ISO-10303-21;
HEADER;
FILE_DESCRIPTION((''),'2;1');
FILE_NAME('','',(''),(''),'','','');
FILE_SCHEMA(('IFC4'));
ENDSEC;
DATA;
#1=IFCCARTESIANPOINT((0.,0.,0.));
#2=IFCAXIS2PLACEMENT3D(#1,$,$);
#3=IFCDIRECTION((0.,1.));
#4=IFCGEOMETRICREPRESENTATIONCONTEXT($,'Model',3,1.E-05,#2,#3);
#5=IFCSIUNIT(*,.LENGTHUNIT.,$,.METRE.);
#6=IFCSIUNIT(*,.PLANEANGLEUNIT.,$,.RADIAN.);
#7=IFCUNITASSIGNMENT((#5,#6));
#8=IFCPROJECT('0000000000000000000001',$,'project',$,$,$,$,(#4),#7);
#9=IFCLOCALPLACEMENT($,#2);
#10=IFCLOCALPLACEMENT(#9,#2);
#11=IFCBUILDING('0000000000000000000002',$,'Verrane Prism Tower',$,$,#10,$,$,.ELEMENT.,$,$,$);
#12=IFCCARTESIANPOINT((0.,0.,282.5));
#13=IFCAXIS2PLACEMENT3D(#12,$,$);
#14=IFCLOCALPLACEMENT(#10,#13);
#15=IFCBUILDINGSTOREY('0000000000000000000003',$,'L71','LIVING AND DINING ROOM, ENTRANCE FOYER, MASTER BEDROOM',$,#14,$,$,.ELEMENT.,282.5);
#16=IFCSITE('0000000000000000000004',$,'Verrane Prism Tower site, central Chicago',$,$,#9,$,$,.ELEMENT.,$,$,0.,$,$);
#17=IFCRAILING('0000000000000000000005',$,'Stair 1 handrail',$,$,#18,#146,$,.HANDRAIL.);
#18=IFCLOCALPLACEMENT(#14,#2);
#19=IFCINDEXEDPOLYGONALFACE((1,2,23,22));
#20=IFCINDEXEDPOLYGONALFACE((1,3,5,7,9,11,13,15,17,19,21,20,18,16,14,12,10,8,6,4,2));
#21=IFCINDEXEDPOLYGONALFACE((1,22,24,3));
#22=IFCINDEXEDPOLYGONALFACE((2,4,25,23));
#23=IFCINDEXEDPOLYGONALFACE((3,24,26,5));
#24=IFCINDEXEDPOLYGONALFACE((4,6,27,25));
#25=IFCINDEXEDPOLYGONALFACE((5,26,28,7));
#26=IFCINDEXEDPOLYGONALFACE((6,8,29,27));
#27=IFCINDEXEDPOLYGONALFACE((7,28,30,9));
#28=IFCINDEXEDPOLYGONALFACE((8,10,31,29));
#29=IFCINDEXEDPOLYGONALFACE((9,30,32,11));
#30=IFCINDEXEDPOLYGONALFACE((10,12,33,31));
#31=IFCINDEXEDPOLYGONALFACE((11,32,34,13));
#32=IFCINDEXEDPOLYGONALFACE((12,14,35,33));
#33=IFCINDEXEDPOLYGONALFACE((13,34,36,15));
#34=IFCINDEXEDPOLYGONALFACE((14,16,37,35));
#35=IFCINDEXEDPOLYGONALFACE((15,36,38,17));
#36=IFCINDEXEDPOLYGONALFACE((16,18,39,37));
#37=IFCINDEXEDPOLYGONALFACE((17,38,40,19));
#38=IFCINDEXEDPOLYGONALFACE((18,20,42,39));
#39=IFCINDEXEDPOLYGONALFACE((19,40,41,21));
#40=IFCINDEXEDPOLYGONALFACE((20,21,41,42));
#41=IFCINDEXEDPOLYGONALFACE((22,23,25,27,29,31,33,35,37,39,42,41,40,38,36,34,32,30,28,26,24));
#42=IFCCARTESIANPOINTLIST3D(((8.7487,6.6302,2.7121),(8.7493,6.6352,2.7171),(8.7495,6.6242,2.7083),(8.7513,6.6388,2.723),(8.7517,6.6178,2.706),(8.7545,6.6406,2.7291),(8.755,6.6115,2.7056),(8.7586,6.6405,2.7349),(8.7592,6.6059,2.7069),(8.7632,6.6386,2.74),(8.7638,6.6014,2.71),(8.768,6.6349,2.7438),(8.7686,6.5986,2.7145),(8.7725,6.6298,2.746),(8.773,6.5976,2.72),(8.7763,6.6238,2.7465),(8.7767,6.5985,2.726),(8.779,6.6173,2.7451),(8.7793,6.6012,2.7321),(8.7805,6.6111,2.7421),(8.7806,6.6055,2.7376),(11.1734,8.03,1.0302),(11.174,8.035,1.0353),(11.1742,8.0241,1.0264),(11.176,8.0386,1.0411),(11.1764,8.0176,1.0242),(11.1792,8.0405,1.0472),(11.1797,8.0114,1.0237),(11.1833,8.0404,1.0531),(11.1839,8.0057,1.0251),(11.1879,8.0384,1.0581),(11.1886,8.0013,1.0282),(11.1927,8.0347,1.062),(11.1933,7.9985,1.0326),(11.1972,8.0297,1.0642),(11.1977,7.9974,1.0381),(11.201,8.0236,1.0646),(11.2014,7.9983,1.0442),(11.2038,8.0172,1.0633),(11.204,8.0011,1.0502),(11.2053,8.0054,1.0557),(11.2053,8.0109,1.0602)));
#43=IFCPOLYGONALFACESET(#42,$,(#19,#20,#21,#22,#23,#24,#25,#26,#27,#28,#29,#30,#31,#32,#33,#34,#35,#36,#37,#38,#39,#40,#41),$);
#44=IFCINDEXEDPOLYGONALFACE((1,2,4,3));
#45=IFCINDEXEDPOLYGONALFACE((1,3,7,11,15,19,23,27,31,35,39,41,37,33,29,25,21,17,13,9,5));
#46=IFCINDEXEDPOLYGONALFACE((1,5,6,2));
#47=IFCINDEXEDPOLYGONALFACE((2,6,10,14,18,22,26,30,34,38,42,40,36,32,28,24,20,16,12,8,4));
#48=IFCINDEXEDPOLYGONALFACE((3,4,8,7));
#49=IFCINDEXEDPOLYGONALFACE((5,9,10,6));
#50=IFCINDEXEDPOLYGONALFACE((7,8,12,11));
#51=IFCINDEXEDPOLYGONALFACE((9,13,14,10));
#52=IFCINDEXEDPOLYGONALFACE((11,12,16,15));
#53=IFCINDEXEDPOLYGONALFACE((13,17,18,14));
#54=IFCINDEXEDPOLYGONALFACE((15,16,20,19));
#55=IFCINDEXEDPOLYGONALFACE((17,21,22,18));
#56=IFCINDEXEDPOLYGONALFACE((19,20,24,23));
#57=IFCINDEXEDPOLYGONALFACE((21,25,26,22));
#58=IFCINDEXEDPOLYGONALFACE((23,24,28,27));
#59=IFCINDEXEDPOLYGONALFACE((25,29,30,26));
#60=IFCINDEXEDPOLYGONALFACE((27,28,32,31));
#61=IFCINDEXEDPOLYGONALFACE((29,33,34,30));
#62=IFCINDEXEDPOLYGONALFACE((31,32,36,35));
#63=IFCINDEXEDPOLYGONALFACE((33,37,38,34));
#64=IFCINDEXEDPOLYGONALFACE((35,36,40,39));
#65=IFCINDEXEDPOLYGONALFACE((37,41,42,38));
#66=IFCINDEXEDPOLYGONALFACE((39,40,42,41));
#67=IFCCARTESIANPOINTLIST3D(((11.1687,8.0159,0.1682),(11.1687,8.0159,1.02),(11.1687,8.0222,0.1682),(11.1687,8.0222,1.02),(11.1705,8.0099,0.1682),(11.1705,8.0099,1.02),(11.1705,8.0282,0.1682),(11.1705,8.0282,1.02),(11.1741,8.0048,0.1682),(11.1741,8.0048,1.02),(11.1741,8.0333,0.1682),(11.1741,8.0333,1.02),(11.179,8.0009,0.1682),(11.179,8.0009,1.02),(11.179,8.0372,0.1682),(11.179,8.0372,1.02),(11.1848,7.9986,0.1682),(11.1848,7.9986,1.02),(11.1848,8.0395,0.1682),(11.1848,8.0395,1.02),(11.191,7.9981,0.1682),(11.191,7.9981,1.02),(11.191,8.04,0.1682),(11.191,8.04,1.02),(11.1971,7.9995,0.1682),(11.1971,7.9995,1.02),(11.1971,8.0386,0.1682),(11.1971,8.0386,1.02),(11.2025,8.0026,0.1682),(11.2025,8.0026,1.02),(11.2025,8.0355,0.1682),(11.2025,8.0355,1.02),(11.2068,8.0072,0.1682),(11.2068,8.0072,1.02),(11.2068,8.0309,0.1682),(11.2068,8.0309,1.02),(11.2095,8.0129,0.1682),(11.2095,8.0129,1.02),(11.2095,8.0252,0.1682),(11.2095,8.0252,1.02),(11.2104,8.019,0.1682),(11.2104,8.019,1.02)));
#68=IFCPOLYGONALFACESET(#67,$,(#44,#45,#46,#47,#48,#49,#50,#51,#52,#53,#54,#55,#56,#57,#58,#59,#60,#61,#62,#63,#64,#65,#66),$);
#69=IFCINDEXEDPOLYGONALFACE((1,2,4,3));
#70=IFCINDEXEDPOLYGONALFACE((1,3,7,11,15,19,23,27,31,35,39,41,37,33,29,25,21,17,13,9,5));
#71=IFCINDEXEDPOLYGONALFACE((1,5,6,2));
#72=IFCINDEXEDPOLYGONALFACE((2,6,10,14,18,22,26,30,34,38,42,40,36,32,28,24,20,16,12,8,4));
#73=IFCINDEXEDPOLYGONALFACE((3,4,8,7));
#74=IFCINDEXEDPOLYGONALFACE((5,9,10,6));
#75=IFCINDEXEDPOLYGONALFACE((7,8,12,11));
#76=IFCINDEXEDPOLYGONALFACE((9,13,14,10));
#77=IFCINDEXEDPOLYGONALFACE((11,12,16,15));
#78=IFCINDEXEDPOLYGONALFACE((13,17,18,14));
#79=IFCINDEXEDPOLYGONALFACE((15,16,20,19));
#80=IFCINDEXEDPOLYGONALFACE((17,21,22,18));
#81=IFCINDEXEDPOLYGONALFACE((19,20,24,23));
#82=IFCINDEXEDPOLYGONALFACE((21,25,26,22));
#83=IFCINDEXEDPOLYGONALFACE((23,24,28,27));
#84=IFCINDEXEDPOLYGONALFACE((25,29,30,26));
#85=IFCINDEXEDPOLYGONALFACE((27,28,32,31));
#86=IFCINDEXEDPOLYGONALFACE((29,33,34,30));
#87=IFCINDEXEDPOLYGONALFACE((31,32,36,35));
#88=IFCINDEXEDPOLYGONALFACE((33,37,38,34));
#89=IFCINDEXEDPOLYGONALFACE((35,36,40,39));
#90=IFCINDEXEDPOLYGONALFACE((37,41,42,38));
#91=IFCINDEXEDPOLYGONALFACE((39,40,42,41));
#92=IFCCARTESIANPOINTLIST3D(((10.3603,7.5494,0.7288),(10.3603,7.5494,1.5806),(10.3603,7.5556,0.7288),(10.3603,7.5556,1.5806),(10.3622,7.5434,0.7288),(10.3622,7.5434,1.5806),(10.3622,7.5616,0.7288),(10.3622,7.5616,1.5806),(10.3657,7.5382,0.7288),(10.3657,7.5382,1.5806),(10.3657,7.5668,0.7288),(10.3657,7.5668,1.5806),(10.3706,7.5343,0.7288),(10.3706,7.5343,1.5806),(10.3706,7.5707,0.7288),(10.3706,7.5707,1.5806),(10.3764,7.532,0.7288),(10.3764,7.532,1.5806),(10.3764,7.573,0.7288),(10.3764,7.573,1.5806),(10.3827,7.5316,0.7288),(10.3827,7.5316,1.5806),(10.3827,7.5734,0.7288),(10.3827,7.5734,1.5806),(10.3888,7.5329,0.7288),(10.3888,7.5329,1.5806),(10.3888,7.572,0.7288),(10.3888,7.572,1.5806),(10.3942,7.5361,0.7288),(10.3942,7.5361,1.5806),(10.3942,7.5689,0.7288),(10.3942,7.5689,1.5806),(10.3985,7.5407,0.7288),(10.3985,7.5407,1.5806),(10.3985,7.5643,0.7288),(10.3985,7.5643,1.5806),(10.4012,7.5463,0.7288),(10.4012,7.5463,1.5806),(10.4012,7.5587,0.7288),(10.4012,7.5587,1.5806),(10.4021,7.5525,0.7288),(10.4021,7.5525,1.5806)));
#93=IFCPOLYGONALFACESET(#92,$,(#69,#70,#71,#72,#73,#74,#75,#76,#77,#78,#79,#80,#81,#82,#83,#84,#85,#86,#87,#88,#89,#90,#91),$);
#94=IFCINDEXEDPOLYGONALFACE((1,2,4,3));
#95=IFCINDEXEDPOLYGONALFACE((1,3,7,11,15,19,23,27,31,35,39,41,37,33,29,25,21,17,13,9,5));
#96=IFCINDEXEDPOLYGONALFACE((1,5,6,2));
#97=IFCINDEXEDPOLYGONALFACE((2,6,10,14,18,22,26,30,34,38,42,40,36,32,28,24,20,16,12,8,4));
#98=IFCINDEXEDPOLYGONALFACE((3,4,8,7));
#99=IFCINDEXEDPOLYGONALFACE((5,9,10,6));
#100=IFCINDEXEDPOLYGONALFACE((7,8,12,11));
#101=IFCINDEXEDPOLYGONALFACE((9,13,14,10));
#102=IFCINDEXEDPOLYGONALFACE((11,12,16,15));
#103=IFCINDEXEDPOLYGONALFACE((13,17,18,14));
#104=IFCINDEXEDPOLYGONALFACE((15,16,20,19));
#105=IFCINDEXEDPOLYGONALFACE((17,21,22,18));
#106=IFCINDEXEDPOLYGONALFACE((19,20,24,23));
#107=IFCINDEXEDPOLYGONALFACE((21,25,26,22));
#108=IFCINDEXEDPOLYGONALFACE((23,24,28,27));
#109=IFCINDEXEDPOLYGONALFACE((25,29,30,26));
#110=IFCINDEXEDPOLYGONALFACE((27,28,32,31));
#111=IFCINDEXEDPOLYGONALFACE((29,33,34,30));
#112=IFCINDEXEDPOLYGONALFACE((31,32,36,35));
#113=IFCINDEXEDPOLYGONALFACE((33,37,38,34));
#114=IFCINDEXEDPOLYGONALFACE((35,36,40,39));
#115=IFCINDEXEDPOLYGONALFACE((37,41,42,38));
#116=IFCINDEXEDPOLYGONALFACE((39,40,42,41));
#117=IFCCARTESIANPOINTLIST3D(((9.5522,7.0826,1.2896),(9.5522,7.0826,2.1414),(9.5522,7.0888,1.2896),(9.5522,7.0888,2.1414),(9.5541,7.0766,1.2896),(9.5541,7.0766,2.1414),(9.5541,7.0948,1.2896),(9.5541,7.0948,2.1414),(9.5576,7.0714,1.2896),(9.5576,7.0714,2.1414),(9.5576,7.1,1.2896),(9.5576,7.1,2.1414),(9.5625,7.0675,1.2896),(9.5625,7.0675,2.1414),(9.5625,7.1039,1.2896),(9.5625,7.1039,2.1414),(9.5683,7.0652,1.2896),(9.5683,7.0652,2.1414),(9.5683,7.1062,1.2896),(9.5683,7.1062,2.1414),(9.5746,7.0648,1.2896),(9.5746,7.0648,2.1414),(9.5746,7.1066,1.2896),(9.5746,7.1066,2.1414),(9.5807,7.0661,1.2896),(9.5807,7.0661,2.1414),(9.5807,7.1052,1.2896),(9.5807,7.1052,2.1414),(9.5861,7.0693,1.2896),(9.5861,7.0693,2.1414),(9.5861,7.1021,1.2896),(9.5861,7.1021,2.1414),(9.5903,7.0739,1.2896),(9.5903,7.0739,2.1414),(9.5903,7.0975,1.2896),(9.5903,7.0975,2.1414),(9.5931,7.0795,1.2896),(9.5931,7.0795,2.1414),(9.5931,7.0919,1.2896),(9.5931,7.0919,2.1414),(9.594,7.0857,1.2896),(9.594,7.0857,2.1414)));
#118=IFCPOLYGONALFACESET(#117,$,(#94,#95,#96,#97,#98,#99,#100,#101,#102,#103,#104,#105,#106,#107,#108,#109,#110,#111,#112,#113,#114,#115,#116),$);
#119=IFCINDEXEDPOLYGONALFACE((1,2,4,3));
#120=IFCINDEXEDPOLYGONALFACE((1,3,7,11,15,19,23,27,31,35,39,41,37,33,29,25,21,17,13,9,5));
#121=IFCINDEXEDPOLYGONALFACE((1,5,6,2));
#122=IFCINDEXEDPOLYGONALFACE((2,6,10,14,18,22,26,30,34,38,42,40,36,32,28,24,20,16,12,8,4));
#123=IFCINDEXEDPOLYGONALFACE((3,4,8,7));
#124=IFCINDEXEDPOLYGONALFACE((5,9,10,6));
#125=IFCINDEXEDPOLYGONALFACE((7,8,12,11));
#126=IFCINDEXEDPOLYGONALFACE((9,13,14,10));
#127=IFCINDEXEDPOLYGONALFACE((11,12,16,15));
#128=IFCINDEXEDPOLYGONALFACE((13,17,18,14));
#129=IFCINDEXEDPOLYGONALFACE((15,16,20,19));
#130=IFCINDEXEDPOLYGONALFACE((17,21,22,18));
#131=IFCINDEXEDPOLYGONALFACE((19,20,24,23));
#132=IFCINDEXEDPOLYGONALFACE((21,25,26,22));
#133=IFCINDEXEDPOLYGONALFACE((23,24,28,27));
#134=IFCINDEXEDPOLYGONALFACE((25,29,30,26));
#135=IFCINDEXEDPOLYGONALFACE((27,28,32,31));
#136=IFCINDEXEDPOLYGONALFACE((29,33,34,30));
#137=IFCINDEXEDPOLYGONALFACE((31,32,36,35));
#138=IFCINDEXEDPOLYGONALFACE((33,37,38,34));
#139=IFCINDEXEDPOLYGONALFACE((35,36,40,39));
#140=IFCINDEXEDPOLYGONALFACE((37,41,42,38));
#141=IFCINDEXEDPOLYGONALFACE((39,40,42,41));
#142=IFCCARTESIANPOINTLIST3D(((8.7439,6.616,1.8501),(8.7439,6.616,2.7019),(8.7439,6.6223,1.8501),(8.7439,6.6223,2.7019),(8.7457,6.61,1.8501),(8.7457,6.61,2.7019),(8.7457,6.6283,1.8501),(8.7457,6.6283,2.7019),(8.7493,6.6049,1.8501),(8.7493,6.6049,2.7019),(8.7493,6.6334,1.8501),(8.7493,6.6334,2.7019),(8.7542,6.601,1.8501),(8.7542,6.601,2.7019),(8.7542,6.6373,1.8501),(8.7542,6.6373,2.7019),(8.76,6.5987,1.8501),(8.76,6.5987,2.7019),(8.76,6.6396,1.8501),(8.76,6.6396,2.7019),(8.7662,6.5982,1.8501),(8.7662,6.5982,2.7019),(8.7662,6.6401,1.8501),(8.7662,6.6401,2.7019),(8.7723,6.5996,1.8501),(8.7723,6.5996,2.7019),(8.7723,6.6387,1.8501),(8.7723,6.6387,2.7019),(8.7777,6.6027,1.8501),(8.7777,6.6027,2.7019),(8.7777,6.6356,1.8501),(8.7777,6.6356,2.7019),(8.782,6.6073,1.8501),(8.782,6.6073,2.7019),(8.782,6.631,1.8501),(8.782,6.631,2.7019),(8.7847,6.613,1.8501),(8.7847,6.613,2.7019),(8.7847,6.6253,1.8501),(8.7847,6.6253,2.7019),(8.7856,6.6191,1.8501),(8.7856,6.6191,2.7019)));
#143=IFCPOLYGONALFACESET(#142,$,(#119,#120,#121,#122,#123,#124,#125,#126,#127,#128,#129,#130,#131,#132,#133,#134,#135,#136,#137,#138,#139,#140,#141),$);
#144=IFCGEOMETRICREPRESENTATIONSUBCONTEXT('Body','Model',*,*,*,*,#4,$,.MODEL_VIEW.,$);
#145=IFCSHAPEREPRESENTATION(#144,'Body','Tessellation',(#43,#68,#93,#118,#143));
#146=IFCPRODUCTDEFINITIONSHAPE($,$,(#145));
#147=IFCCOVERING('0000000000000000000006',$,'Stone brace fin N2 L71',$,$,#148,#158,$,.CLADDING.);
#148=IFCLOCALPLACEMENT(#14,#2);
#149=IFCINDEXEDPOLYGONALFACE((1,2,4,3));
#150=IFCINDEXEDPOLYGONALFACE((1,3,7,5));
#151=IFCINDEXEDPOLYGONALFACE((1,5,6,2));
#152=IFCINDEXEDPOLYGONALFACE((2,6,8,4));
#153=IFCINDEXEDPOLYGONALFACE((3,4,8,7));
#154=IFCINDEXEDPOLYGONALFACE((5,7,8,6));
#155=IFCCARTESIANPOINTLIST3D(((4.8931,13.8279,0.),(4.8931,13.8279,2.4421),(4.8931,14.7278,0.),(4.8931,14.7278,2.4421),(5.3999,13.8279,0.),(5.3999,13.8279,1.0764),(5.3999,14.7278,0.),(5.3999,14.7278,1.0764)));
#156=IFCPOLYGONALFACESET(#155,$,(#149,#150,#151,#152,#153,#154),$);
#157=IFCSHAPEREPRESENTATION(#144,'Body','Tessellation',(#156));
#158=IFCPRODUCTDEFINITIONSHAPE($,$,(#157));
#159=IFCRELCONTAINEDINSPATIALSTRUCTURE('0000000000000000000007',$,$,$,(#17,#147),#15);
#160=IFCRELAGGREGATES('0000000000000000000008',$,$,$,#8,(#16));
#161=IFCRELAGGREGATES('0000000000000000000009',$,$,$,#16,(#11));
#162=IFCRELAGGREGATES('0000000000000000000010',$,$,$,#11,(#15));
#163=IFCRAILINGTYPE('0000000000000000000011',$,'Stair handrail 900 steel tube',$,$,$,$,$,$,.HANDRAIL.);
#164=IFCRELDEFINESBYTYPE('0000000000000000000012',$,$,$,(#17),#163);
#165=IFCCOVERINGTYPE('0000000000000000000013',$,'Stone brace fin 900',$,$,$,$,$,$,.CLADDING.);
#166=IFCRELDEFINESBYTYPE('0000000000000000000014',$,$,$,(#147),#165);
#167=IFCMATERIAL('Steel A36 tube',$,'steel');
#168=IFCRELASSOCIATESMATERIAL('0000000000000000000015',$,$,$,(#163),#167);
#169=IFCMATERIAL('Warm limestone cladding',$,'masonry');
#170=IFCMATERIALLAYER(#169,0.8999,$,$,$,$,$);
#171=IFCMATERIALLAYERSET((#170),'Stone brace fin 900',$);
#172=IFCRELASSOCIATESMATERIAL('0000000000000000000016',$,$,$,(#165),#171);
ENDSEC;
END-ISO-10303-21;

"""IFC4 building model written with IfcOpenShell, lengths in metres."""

from ifc_helpers import new_model, si_unit, direction, frame, origin, origin_2d, place, context, subcontext, project, spatial, polyline, circle, outline, extrude, material, layer, layer_set, type_object, element, save


model = new_model("IFC4")

# Units and contexts
model_context = context("Model", 3, precision=1e-05, world=origin(), true_north=direction((0.0, 1.0)))
body_context = subcontext(model_context, "Body", "Model", "MODEL_VIEW")
ifc_project = project(units=[si_unit("LENGTHUNIT", "METRE"), si_unit("PLANEANGLEUNIT", "RADIAN")], contexts=[model_context])

# Site, building, storey
site_placement = place(None, origin())
site = spatial("IfcSite", under=ifc_project, at=site_placement, Name="Verrane Prism Tower site, central Chicago", CompositionType="ELEMENT", RefElevation=0.0)
building_placement = place(site_placement, origin())
building = spatial("IfcBuilding", under=site, at=building_placement, Name="Verrane Prism Tower", CompositionType="ELEMENT")
storey_placement = place(building_placement, frame((0.0, 0.0, 282.5)))
storey = spatial("IfcBuildingStorey", under=building, at=storey_placement, Name="L71", Description="LIVING AND DINING ROOM, ENTRANCE FOYER, MASTER BEDROOM", CompositionType="ELEMENT", Elevation=282.5)

# Railing
ifc_material_1 = material(Name="Steel A36 tube", Category="steel")
railing_type_1 = type_object("IfcRailingType", Name="Stair handrail 900 steel tube", PredefinedType="HANDRAIL", material=ifc_material_1)
railing_1_placement = place(storey_placement, frame((11.1895, 8.019, 0.1682)))
element("IfcRailing", 1, at=railing_1_placement, inside=storey, type_object=railing_type_1, Name="Stair 1 handrail", PredefinedType="HANDRAIL", context=body_context, shape_type="SweptSolid", body=[
    extrude(circle(Radius=0.0239, at=origin_2d()), frame((0.0, 0.0, 0.876), z_axis=(-0.74239, -0.428601, 0.514934), x_axis=(0.499984, -0.866035, 0.0)), (0.0, 0.0, 1.0), 3.2661),
    extrude(circle(Radius=0.021, at=origin_2d()), origin(), (0.0, 0.0, 1.0), 0.8518),
    extrude(circle(Radius=0.021, at=origin_2d()), frame((-0.8083, -0.4666, 0.5605)), (0.0, 0.0, 1.0), 0.8518),
    extrude(circle(Radius=0.021, at=origin_2d()), frame((-1.6165, -0.9333, 1.1213)), (0.0, 0.0, 1.0), 0.8518),
    extrude(circle(Radius=0.021, at=origin_2d()), frame((-2.4248, -1.3999, 1.6819)), (0.0, 0.0, 1.0), 0.8518),
])

# Covering
ifc_material_2 = material(Name="Warm limestone cladding", Category="masonry")
ifc_layer_1 = layer(ifc_material_2, 0.8999)
ifc_layer_set_1 = layer_set([ifc_layer_1], Name="Stone brace fin 900")
covering_type = type_object("IfcCoveringType", Name="Stone brace fin 900", PredefinedType="CLADDING", material=ifc_layer_set_1)
covering_placement = place(storey_placement, frame((5.3999, 14.2778, 0.0), z_axis=(0.0, 0.0, 1.0), x_axis=(-1.0, 0.0, 0.0)))
element("IfcCovering", 2, at=covering_placement, inside=storey, type_object=covering_type, Name="Stone brace fin N2 L71", PredefinedType="CLADDING", context=body_context, shape_type="SweptSolid", body=[
    extrude(outline(polyline([(0.0, 0.0), (0.5068, 0.0), (0.5068, 2.4421), (0.0, 1.0764), (0.0, 0.0)])), frame((0.0, 0.45, 0.0), z_axis=(0.0, -1.0, 0.0), x_axis=(1.0, 0.0, 0.0)), (0.0, 0.0, 1.0), 0.8999),
])

save(model, "model.ifc")
